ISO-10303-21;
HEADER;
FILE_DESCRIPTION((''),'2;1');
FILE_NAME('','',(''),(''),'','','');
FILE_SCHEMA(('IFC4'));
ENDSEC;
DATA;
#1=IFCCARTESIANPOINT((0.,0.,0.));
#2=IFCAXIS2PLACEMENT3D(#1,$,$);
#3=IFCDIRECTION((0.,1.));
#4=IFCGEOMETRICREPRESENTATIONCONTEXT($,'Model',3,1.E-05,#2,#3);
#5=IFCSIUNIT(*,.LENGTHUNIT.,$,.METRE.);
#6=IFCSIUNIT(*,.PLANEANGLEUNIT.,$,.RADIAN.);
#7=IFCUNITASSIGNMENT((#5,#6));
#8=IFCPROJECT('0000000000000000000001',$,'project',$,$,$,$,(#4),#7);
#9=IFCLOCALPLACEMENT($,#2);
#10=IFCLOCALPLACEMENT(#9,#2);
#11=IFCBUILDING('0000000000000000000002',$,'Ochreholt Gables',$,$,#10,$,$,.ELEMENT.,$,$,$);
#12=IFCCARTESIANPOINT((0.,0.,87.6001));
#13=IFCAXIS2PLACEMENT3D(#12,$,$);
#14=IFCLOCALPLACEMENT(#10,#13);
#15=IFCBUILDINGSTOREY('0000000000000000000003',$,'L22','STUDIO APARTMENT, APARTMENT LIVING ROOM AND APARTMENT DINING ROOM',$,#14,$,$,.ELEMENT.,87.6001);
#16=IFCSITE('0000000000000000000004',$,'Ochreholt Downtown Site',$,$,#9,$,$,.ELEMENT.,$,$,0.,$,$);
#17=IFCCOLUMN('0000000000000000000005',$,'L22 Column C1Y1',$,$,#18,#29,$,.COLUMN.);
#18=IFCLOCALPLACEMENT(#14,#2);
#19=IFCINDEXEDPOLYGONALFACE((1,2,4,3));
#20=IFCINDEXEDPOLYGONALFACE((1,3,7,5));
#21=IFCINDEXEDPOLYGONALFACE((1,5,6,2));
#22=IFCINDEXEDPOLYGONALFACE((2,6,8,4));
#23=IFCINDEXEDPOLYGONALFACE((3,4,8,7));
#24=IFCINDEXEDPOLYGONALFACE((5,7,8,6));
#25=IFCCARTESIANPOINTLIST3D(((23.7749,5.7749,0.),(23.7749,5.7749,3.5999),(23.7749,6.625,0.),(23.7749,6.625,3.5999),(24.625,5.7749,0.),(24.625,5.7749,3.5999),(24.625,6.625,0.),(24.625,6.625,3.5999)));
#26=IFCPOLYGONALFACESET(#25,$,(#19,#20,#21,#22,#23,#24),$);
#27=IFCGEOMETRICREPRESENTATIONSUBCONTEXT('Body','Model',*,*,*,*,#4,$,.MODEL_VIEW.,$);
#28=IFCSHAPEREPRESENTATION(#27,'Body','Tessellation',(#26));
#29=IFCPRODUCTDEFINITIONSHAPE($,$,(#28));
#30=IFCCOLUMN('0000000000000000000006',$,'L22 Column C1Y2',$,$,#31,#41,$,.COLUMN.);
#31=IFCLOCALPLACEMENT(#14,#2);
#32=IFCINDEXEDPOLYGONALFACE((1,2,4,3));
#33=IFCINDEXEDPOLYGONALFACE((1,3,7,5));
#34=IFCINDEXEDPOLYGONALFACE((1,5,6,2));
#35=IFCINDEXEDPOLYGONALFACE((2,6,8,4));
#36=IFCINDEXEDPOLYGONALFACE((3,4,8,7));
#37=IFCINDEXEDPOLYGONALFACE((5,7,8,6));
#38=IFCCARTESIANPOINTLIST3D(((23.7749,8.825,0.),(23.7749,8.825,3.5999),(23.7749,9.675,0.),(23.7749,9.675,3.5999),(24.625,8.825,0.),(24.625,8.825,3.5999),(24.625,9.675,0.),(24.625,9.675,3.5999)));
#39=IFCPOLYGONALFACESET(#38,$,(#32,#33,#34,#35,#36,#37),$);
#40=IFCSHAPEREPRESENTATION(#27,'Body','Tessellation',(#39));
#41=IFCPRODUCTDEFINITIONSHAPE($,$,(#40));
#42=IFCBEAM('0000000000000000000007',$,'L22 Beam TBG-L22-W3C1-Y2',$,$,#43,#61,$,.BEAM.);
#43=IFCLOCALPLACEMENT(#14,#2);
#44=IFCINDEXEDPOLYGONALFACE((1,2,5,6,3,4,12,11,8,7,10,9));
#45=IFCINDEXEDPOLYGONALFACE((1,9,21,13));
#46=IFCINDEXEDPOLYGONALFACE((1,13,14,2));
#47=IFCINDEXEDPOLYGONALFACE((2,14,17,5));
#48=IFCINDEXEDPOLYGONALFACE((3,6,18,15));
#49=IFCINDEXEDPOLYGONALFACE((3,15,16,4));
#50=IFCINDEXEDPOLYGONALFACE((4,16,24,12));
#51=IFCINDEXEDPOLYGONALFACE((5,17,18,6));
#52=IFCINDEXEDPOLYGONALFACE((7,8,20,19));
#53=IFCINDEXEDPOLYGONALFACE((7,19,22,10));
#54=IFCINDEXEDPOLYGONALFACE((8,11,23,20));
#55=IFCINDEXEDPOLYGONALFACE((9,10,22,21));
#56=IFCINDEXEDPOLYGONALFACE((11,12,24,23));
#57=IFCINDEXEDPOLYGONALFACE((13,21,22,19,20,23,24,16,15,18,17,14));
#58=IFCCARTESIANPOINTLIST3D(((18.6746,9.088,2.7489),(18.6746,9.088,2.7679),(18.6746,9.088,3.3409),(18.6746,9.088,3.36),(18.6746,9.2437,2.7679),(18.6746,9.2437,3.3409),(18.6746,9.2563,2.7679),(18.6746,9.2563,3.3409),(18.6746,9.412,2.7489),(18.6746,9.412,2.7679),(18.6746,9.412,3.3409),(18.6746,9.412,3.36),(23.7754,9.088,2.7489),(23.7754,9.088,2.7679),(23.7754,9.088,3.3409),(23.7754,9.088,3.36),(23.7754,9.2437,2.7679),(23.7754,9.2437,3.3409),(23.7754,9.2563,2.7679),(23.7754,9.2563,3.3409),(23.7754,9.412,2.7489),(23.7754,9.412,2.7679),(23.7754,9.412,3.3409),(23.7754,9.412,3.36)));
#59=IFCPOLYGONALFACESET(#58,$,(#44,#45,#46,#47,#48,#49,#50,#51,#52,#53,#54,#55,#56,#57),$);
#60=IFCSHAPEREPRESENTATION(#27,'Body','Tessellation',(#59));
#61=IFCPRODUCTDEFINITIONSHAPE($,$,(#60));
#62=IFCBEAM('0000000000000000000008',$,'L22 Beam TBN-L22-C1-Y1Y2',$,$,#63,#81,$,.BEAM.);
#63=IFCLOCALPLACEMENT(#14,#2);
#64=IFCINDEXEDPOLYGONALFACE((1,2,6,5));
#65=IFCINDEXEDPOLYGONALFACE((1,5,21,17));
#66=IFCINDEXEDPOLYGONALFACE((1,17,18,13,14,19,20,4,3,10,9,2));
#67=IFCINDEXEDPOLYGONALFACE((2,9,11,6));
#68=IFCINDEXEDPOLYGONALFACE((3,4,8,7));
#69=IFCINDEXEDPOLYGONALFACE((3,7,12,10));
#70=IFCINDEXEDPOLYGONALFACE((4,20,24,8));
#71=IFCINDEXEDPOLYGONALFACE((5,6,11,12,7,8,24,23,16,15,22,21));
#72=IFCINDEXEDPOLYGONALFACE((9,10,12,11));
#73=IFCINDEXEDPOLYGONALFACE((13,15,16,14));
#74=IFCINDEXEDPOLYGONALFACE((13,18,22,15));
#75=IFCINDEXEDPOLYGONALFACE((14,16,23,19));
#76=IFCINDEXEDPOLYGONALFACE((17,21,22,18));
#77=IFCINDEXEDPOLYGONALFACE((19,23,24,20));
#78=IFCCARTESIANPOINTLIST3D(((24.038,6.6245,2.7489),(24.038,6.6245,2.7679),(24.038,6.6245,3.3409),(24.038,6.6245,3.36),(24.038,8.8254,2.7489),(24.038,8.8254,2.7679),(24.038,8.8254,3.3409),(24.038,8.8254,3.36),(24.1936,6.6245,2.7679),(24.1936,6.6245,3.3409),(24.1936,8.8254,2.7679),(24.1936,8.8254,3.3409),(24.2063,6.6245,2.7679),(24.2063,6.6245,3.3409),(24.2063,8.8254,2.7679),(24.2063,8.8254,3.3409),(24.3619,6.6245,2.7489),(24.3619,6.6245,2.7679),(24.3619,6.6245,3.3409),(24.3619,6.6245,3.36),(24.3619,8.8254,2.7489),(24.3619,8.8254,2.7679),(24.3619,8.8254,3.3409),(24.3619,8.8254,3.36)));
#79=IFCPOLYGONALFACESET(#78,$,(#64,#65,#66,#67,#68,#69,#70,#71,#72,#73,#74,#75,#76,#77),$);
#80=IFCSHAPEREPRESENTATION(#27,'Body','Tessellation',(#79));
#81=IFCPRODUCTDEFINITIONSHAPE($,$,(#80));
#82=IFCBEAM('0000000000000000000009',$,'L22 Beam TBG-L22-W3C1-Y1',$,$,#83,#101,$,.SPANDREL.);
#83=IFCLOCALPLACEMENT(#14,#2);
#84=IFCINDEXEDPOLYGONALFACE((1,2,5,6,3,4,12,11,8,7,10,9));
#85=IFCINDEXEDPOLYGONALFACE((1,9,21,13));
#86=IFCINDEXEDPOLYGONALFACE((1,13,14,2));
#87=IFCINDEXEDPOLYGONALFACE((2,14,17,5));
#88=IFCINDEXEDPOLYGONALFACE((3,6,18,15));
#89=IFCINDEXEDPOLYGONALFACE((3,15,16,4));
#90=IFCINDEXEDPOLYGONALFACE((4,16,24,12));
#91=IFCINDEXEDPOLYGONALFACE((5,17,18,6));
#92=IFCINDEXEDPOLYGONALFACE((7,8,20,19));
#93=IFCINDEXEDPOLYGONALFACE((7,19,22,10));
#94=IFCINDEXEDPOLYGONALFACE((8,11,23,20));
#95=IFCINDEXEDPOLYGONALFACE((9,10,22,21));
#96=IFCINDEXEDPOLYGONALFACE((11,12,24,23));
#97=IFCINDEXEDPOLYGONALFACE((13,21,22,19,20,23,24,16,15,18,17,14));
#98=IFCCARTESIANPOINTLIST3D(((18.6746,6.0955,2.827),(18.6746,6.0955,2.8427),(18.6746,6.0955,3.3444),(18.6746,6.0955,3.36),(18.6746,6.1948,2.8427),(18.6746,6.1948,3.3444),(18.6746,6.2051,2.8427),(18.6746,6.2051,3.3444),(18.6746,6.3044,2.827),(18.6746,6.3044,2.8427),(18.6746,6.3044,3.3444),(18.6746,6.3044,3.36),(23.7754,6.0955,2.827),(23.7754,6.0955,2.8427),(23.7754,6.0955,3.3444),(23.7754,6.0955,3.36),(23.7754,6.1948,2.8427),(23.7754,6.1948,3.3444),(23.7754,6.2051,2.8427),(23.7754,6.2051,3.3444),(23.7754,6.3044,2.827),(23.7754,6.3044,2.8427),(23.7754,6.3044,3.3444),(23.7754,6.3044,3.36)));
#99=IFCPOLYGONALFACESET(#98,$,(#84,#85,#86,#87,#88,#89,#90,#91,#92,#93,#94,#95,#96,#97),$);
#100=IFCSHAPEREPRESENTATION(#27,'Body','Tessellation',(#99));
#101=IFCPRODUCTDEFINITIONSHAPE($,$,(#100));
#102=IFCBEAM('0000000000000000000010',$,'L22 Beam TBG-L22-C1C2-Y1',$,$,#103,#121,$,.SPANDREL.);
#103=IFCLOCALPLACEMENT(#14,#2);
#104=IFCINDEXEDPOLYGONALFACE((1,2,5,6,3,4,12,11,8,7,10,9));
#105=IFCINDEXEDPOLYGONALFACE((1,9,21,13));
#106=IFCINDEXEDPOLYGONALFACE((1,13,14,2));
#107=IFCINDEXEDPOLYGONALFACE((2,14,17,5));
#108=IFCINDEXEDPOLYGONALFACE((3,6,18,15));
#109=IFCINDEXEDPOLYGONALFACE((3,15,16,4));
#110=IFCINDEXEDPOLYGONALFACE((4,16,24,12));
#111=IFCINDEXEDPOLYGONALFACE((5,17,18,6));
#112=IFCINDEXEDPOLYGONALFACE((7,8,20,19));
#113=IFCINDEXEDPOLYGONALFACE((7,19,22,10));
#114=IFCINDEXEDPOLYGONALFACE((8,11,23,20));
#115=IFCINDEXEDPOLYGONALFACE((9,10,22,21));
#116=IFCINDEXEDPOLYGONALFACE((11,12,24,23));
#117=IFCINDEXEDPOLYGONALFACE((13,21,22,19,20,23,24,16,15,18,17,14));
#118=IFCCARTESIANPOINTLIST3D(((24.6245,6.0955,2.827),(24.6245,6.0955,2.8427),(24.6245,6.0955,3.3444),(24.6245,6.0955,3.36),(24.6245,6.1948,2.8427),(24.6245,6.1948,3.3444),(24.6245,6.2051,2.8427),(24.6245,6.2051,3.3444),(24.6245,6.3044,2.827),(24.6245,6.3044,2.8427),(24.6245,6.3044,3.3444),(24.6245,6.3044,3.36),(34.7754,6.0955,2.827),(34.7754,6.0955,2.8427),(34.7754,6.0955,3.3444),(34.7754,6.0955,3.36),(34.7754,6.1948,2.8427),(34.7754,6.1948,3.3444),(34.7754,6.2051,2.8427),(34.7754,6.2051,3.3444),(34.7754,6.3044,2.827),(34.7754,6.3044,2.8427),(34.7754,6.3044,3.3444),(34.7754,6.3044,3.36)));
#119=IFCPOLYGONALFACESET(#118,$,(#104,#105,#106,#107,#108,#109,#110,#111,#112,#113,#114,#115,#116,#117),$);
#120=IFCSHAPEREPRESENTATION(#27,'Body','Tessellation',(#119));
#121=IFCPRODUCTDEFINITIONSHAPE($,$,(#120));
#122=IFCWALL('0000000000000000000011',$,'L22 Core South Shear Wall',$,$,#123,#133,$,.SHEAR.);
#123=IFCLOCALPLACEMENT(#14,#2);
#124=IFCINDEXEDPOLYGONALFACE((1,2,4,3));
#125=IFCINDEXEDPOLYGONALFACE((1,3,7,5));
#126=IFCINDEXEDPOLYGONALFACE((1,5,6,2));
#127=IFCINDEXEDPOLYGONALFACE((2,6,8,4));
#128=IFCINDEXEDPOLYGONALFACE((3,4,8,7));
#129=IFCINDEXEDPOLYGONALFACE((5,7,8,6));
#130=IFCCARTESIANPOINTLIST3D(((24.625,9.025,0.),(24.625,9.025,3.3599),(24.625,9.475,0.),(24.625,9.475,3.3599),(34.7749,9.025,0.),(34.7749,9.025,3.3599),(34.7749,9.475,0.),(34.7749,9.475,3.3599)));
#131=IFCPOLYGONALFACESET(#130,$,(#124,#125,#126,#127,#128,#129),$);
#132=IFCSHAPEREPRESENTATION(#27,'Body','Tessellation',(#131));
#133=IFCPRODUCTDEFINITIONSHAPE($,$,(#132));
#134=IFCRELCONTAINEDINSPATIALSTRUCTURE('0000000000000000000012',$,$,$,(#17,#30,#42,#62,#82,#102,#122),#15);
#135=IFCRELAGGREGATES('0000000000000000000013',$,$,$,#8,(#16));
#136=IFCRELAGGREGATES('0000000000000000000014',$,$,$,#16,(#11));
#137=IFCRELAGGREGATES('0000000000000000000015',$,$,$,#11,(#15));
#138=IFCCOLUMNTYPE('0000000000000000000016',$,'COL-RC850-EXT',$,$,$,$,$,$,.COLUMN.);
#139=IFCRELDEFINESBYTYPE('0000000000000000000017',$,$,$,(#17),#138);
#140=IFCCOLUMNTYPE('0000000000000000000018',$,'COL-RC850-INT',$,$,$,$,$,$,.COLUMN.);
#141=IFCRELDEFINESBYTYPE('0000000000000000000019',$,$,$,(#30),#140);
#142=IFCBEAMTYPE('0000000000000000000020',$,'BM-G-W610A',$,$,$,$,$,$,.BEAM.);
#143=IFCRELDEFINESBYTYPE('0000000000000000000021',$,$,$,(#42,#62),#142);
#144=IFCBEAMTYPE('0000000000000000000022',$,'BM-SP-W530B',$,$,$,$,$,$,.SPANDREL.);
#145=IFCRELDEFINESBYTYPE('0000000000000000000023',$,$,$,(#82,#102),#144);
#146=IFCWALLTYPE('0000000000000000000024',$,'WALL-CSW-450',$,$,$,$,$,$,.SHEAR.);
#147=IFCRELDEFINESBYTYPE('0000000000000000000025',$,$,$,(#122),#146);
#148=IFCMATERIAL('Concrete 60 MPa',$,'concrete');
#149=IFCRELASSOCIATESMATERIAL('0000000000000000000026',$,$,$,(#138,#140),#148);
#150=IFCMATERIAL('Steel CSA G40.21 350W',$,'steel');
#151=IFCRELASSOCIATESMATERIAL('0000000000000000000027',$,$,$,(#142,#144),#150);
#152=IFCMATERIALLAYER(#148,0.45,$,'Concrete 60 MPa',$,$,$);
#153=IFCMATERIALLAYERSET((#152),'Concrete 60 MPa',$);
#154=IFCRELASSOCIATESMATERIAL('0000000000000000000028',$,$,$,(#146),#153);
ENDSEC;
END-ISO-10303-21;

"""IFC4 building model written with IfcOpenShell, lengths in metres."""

from ifc_helpers import new_model, si_unit, direction, frame, frame_2d, origin, origin_2d, place, context, subcontext, project, spatial, rectangle, i_section, extrude, material, layer, layer_set, material_profile, profile_set, type_object, element, save


model = new_model("IFC4")

# Units and contexts
model_context = context("Model", 3, precision=1e-05, world=origin(), true_north=direction((0.0, 1.0)))
body_context = subcontext(model_context, "Body", "Model", "MODEL_VIEW")
ifc_project = project(units=[si_unit("LENGTHUNIT", "METRE"), si_unit("PLANEANGLEUNIT", "RADIAN")], contexts=[model_context])

# Site, building, storey
site_placement = place(None, origin())
site = spatial("IfcSite", under=ifc_project, at=site_placement, Name="Ochreholt Downtown Site", CompositionType="ELEMENT", RefElevation=0.0)
building_placement = place(site_placement, origin())
building = spatial("IfcBuilding", under=site, at=building_placement, Name="Ochreholt Gables", CompositionType="ELEMENT")
storey_placement = place(building_placement, frame((0.0, 0.0, 87.6001)))
storey = spatial("IfcBuildingStorey", under=building, at=storey_placement, Name="L22", Description="STUDIO APARTMENT, APARTMENT LIVING ROOM AND APARTMENT DINING ROOM", CompositionType="ELEMENT", Elevation=87.6001)

# Columns
ifc_material_1 = material(Name="Concrete 60 MPa", Category="concrete")
ifc_material_profile_1 = material_profile(ifc_material_1, rectangle(XDim=0.8501, YDim=0.8501, at=origin_2d()), Name="RC850X850")
ifc_profile_set_1 = profile_set([ifc_material_profile_1], Name="Concrete 60 MPa")
column_type_1 = type_object("IfcColumnType", Name="COL-RC850-EXT", PredefinedType="COLUMN", material=ifc_profile_set_1)
column_1_placement = place(storey_placement, frame((24.2, 6.2, 0.0), z_axis=(0.0, 0.0, 1.0), x_axis=(1.0, 0.0, 0.0)))
element("IfcColumn", 1, at=column_1_placement, inside=storey, type_object=column_type_1, Name="L22 Column C1Y1", PredefinedType="COLUMN", context=body_context, shape_type="SweptSolid", body=[
    extrude(rectangle(XDim=0.8501, YDim=0.8501, at=origin_2d()), origin(), (0.0, 0.0, 1.0), 3.5999),
])
ifc_material_profile_2 = material_profile(ifc_material_1, rectangle(XDim=0.8501, YDim=0.8501, at=origin_2d()), Name="RC850X850")
ifc_profile_set_2 = profile_set([ifc_material_profile_2], Name="Concrete 60 MPa")
column_type_2 = type_object("IfcColumnType", Name="COL-RC850-INT", PredefinedType="COLUMN", material=ifc_profile_set_2)
column_2_placement = place(storey_placement, frame((24.2, 9.25, 0.0), z_axis=(0.0, 0.0, 1.0), x_axis=(1.0, 0.0, 0.0)))
element("IfcColumn", 2, at=column_2_placement, inside=storey, type_object=column_type_2, Name="L22 Column C1Y2", PredefinedType="COLUMN", context=body_context, shape_type="SweptSolid", body=[
    extrude(rectangle(XDim=0.8501, YDim=0.8501, at=origin_2d()), origin(), (0.0, 0.0, 1.0), 3.5999),
])

# Beams
ifc_material_2 = material(Name="Steel CSA G40.21 350W", Category="steel")
ifc_material_profile_3 = material_profile(ifc_material_2, i_section(OverallWidth=0.324, OverallDepth=0.6111, WebThickness=0.0127, FlangeThickness=0.019, at=origin_2d()), Name="W610X155")
ifc_profile_set_3 = profile_set([ifc_material_profile_3], Name="Steel CSA G40.21 350W")
beam_type_1 = type_object("IfcBeamType", Name="BM-G-W610A", PredefinedType="BEAM", material=ifc_profile_set_3)
beam_1_placement = place(storey_placement, frame((18.6746, 9.25, 3.0544), z_axis=(1.0, 0.0, 0.0), x_axis=(0.0, 1.0, 0.0)))
element("IfcBeam", 3, at=beam_1_placement, inside=storey, type_object=beam_type_1, Name="L22 Beam TBG-L22-W3C1-Y2", PredefinedType="BEAM", context=body_context, shape_type="SweptSolid", body=[
    extrude(i_section(OverallWidth=0.324, OverallDepth=0.6111, WebThickness=0.0127, FlangeThickness=0.019, at=origin_2d()), origin(), (0.0, 0.0, 1.0), 5.1008),
])
beam_2_placement = place(storey_placement, frame((24.2, 6.6245, 3.0544), z_axis=(0.0, 1.0, 0.0), x_axis=(-1.0, 0.0, 0.0)))
element("IfcBeam", 4, at=beam_2_placement, inside=storey, type_object=beam_type_1, Name="L22 Beam TBN-L22-C1-Y1Y2", PredefinedType="BEAM", context=body_context, shape_type="SweptSolid", body=[
    extrude(i_section(OverallWidth=0.324, OverallDepth=0.6111, WebThickness=0.0127, FlangeThickness=0.019, at=origin_2d()), origin(), (0.0, 0.0, 1.0), 2.2009),
])
ifc_material_profile_4 = material_profile(ifc_material_2, i_section(OverallWidth=0.209, OverallDepth=0.533, WebThickness=0.0103, FlangeThickness=0.0156, at=origin_2d()), Name="W530X92")
ifc_profile_set_4 = profile_set([ifc_material_profile_4], Name="Steel CSA G40.21 350W")
beam_type_2 = type_object("IfcBeamType", Name="BM-SP-W530B", PredefinedType="SPANDREL", material=ifc_profile_set_4)
beam_3_placement = place(storey_placement, frame((18.6746, 6.2, 3.0935), z_axis=(1.0, 0.0, 0.0), x_axis=(0.0, 1.0, 0.0)))
element("IfcBeam", 5, at=beam_3_placement, inside=storey, type_object=beam_type_2, Name="L22 Beam TBG-L22-W3C1-Y1", PredefinedType="SPANDREL", context=body_context, shape_type="SweptSolid", body=[
    extrude(i_section(OverallWidth=0.209, OverallDepth=0.533, WebThickness=0.0103, FlangeThickness=0.0156, at=origin_2d()), origin(), (0.0, 0.0, 1.0), 5.1008),
])
beam_4_placement = place(storey_placement, frame((24.6245, 6.2, 3.0935), z_axis=(1.0, 0.0, 0.0), x_axis=(0.0, 1.0, 0.0)))
element("IfcBeam", 6, at=beam_4_placement, inside=storey, type_object=beam_type_2, Name="L22 Beam TBG-L22-C1C2-Y1", PredefinedType="SPANDREL", context=body_context, shape_type="SweptSolid", body=[
    extrude(i_section(OverallWidth=0.209, OverallDepth=0.533, WebThickness=0.0103, FlangeThickness=0.0156, at=origin_2d()), origin(), (0.0, 0.0, 1.0), 10.1509),
])

# Wall
ifc_layer_1 = layer(ifc_material_1, 0.45, Name="Concrete 60 MPa")
ifc_layer_set_1 = layer_set([ifc_layer_1], Name="Concrete 60 MPa")
wall_type_1 = type_object("IfcWallType", Name="WALL-CSW-450", PredefinedType="SHEAR", material=ifc_layer_set_1)
wall_1_placement = place(storey_placement, frame((24.625, 9.25, 0.0), z_axis=(0.0, 0.0, 1.0), x_axis=(1.0, 0.0, 0.0)))
element("IfcWall", 7, at=wall_1_placement, inside=storey, type_object=wall_type_1, Name="L22 Core South Shear Wall", PredefinedType="SHEAR", context=body_context, shape_type="SweptSolid", body=[
    extrude(rectangle(XDim=10.1499, YDim=0.45, at=frame_2d((5.075, 0.0))), origin(), (0.0, 0.0, 1.0), 3.3599),
])

save(model, "model.ifc")
